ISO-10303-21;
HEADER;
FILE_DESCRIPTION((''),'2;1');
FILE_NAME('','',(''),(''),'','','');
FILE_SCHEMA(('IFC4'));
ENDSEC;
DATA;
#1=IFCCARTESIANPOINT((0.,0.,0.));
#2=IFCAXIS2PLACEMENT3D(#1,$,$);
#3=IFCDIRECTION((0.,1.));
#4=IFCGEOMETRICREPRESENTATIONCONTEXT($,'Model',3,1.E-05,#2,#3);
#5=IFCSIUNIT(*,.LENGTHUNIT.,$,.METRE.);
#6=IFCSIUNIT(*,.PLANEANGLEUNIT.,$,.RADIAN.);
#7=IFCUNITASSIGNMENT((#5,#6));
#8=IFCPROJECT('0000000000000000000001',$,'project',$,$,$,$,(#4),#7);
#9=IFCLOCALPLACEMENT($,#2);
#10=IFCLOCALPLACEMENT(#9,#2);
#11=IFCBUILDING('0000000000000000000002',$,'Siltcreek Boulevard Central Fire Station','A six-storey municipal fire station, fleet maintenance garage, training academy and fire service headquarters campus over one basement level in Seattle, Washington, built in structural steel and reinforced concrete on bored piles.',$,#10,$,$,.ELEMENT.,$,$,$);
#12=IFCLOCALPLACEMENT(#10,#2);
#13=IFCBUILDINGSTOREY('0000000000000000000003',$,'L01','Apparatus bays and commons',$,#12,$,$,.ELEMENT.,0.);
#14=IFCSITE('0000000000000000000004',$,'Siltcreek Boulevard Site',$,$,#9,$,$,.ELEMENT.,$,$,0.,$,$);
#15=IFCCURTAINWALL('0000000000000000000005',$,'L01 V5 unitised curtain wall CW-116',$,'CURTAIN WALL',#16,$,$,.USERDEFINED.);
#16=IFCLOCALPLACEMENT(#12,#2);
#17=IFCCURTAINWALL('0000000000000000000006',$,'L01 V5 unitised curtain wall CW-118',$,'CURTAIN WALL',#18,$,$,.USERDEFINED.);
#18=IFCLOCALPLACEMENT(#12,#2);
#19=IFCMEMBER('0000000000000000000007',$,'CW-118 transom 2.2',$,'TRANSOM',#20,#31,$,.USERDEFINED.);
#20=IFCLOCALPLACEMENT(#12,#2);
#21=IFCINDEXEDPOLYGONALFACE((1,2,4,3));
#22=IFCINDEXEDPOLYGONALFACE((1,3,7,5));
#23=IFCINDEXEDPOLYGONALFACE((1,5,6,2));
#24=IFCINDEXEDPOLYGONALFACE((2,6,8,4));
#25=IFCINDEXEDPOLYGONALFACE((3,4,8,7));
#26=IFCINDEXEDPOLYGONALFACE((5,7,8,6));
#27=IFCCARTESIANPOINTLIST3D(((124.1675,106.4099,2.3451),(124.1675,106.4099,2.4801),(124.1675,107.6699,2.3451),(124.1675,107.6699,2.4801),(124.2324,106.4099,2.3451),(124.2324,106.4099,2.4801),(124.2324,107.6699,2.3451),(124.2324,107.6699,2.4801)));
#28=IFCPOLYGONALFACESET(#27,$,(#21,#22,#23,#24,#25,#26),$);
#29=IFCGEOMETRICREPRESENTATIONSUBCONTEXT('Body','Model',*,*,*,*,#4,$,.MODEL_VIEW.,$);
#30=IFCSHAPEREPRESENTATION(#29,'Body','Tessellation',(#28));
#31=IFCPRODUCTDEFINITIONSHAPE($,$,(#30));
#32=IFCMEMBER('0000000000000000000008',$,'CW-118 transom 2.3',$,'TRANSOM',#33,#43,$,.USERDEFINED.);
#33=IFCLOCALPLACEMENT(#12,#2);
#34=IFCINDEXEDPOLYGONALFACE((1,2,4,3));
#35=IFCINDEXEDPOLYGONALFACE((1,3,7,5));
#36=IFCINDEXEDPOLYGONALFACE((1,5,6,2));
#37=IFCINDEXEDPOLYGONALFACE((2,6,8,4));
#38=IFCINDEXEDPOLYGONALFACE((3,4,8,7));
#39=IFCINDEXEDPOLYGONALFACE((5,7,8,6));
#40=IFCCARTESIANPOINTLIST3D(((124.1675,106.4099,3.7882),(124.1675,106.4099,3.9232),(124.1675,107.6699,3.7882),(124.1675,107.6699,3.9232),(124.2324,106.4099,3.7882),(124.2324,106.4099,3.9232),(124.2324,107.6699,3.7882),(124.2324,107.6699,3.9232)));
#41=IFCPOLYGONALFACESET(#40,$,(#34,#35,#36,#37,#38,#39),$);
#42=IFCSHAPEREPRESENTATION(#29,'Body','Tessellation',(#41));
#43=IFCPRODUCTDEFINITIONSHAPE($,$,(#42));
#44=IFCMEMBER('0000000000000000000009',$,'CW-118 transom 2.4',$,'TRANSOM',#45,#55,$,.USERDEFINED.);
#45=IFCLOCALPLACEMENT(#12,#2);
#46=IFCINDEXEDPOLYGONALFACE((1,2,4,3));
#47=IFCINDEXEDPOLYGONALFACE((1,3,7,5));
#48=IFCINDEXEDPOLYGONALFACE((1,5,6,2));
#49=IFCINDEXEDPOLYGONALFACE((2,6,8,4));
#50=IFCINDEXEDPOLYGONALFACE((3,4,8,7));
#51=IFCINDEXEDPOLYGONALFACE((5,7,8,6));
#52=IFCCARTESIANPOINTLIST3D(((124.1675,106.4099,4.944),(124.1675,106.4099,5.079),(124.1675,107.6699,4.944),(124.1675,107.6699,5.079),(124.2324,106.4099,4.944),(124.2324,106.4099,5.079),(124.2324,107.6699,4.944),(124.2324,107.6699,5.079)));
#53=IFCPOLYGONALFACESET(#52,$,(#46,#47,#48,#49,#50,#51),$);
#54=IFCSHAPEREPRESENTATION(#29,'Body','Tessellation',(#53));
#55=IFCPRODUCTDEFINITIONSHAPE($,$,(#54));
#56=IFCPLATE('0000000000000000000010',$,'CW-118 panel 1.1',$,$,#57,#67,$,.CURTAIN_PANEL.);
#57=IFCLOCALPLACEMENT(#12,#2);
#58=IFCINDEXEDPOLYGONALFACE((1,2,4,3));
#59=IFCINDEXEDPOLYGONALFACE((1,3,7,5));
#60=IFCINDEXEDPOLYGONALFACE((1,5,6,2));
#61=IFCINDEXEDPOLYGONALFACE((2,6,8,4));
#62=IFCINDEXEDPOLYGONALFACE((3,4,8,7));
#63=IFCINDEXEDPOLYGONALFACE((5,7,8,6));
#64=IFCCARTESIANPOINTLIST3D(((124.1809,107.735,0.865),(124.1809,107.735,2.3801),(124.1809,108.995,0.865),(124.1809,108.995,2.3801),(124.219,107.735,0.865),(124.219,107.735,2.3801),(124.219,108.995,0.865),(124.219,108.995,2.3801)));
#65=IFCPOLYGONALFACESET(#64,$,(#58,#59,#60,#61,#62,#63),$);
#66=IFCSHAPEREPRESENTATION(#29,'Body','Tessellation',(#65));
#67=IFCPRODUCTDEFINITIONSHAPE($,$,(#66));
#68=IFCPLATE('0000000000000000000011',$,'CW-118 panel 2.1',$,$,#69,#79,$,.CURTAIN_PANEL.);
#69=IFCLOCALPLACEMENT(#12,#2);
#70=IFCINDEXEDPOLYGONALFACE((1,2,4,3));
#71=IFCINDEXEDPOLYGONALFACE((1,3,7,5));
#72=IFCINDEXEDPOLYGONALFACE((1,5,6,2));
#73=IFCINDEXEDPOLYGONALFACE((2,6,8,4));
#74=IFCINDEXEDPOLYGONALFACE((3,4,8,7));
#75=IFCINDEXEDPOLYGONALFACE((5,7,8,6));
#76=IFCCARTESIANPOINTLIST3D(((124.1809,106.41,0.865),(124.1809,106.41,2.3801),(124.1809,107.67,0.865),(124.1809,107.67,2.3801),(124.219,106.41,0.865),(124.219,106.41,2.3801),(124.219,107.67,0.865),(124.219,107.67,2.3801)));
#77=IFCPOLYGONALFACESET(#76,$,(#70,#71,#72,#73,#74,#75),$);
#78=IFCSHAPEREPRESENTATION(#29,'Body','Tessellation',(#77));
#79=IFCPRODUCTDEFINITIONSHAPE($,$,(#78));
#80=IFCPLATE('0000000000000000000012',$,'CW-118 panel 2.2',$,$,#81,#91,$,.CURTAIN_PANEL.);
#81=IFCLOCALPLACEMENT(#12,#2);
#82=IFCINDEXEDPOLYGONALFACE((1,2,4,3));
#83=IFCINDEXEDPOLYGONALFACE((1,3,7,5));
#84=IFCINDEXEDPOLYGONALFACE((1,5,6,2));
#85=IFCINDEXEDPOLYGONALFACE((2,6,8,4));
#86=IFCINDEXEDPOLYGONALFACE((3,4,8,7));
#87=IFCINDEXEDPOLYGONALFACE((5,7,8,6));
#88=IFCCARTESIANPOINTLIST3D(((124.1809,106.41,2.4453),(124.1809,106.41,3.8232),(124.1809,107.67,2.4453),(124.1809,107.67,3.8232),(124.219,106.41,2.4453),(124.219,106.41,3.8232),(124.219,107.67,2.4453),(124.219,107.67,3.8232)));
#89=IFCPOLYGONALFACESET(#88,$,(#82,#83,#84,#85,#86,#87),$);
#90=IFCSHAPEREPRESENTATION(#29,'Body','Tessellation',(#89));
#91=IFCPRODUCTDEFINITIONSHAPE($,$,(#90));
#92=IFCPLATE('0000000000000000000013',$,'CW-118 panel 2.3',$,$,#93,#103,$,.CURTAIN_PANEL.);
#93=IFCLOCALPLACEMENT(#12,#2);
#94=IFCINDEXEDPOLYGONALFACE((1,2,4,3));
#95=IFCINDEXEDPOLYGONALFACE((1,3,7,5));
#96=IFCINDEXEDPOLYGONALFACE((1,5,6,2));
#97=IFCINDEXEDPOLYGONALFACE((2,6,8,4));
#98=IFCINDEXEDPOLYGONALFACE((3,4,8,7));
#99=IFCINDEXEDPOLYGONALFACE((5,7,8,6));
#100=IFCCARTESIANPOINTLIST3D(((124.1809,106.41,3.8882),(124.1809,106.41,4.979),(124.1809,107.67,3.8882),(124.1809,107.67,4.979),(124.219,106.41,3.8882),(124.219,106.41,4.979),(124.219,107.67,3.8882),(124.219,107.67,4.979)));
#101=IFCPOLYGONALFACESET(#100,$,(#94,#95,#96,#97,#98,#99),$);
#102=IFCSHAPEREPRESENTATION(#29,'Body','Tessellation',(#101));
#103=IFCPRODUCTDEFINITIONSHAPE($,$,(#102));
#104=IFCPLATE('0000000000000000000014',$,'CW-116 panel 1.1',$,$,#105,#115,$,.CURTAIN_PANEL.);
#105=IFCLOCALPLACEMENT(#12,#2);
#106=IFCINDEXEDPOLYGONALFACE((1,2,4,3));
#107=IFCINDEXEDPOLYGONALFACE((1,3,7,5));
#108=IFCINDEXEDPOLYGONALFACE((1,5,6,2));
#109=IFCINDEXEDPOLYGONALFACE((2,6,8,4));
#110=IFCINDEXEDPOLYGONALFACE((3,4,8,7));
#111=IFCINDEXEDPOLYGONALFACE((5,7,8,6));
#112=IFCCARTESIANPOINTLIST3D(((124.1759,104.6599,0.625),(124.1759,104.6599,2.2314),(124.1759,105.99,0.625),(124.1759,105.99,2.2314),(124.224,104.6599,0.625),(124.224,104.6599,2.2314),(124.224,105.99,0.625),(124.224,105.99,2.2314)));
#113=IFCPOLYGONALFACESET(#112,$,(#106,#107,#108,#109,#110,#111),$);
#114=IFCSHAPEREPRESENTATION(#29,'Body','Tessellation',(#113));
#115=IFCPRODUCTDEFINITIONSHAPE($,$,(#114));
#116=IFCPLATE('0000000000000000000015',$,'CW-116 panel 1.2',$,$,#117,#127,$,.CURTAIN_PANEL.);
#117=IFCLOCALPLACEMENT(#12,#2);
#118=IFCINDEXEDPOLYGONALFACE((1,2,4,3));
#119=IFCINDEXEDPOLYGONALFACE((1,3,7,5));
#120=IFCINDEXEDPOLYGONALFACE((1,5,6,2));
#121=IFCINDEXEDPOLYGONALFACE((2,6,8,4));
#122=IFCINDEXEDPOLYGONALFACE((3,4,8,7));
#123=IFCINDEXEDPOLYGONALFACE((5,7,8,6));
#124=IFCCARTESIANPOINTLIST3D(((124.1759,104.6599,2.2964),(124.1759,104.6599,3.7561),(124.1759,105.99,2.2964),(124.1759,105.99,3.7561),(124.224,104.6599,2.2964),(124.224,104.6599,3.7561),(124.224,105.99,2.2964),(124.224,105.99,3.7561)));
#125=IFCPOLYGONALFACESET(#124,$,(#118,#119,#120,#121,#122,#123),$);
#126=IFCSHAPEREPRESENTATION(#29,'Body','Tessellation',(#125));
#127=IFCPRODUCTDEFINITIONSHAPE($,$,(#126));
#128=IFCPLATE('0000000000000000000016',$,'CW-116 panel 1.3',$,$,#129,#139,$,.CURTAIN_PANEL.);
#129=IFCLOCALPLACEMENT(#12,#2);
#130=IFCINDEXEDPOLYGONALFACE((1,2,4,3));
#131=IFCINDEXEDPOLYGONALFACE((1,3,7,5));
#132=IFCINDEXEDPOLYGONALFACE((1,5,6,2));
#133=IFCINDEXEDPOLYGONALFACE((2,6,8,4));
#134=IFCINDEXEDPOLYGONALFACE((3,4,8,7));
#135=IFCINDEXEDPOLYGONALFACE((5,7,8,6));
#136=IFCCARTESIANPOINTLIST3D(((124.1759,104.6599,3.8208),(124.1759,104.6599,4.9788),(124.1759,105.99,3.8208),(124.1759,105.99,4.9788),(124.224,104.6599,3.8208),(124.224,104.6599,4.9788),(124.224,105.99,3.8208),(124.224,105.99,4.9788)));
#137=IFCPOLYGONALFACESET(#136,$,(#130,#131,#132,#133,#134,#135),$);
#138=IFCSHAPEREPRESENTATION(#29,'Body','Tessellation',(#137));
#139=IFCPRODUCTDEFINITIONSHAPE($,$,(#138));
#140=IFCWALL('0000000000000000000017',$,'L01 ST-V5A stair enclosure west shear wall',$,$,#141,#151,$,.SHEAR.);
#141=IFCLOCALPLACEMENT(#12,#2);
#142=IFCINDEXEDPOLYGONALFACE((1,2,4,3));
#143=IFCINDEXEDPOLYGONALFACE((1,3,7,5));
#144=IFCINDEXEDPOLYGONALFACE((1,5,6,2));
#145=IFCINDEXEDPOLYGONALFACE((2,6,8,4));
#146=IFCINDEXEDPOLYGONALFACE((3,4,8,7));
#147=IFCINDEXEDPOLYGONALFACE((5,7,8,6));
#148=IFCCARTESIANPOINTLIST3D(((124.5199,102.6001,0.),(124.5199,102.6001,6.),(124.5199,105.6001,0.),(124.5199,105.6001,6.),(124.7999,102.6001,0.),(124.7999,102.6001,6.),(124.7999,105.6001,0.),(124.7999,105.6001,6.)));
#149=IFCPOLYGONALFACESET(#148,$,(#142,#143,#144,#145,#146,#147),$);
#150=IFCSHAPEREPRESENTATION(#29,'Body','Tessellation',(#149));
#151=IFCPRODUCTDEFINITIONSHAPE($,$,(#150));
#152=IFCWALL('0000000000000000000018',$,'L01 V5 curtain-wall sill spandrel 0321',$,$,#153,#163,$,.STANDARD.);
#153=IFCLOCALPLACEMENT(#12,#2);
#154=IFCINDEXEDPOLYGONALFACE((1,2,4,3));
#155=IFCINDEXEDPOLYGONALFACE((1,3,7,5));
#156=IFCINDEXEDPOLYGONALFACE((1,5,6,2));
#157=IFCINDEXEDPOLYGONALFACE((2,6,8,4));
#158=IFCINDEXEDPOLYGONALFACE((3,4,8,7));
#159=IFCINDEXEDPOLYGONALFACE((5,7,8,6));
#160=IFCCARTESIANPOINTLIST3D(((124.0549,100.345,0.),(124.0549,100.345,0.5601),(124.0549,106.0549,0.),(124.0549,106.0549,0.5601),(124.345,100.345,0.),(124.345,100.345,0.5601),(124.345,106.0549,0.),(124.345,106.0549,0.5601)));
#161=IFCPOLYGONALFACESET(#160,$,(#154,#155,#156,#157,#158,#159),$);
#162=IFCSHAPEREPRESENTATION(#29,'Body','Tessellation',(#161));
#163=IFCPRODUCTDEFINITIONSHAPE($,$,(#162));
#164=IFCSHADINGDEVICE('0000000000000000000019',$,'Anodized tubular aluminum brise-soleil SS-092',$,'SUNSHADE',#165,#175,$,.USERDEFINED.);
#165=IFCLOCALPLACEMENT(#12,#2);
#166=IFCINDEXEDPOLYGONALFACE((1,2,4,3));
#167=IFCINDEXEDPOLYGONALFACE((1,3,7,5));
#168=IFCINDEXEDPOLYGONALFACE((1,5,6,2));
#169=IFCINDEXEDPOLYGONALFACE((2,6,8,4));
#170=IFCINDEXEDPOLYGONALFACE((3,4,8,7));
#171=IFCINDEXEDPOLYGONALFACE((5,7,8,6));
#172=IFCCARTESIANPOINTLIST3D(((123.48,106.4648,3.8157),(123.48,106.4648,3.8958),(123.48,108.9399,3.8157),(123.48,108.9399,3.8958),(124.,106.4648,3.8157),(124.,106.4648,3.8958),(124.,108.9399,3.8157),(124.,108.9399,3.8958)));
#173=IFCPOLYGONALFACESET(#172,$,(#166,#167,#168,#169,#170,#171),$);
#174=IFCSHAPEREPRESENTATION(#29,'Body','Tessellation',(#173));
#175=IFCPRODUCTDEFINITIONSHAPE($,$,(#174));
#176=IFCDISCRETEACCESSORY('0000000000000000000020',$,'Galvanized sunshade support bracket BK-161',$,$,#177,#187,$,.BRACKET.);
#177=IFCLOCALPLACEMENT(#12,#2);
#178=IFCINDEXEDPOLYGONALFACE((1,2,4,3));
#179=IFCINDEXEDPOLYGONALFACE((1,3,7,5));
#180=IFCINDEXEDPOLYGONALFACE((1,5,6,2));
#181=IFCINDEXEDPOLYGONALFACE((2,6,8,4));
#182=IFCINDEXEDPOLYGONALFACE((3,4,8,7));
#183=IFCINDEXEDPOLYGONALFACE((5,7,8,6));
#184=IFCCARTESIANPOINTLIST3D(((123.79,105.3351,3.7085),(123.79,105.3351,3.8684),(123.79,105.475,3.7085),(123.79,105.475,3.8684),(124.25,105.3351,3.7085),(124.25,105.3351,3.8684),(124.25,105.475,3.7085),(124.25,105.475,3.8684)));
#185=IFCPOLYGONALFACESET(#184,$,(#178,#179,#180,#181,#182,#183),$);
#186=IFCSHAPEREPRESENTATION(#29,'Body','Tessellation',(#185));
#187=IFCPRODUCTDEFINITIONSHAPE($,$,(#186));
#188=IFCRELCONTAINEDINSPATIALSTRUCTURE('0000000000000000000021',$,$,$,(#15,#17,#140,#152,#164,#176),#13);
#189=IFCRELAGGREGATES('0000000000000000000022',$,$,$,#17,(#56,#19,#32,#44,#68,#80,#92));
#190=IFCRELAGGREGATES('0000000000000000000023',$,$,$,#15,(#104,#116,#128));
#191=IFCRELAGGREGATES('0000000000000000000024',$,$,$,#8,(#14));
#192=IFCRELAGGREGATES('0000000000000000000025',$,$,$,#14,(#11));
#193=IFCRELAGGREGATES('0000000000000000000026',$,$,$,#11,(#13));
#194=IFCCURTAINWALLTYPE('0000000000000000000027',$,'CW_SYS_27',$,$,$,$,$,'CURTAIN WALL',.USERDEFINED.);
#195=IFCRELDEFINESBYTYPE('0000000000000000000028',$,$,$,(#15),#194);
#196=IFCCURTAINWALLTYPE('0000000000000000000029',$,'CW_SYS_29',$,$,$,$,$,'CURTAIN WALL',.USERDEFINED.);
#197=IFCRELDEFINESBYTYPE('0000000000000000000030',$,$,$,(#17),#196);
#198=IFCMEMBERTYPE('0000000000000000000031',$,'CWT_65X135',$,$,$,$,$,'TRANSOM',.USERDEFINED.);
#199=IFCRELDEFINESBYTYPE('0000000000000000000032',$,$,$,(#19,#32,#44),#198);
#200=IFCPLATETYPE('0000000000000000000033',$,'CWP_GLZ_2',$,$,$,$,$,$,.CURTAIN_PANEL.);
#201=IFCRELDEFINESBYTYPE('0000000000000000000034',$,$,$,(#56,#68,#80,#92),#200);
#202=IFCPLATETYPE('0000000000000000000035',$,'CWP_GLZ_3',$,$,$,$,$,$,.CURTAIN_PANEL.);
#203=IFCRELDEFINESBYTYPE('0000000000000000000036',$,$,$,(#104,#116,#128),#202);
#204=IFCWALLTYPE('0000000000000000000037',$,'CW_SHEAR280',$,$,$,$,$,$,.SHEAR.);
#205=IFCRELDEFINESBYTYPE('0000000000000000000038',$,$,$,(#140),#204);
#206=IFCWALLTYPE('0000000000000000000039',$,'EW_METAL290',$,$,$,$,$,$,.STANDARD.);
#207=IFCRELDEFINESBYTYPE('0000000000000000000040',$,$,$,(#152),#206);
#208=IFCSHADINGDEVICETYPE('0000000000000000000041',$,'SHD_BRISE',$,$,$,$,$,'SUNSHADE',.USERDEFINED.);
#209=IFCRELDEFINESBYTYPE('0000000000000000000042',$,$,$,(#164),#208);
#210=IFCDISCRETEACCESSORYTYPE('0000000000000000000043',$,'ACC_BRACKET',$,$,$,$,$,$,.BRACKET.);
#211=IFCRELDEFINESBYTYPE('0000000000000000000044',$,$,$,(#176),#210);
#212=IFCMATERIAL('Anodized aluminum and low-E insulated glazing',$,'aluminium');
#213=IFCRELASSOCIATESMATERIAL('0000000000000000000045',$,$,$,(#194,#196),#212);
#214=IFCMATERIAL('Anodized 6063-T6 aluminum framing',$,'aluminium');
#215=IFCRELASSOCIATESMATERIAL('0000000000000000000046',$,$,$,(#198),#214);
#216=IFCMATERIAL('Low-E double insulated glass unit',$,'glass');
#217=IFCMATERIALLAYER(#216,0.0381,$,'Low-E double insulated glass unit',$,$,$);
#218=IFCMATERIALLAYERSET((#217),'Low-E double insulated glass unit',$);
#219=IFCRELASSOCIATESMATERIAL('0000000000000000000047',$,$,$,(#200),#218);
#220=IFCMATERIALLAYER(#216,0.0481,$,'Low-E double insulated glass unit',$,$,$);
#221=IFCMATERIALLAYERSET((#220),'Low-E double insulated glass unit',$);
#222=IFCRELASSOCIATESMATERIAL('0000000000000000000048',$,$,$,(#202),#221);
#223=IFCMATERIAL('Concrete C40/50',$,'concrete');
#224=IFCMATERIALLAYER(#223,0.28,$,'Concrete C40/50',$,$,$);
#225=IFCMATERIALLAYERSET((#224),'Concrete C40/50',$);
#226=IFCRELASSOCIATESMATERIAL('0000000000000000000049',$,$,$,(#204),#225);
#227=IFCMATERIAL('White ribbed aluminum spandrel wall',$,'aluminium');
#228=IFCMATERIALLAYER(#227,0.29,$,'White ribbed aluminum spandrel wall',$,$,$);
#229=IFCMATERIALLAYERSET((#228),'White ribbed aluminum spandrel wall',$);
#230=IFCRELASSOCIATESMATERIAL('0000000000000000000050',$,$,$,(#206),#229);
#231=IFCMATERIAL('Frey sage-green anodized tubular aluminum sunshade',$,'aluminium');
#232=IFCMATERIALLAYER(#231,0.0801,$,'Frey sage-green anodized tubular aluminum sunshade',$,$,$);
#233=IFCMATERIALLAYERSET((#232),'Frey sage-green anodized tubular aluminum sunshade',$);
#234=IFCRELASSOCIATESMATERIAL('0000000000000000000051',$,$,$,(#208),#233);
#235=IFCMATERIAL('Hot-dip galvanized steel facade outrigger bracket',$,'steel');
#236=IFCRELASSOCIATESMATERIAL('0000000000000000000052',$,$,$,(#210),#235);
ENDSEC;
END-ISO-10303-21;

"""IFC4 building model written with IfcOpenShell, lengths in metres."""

from ifc_helpers import new_model, si_unit, direction, frame, frame_2d, origin, origin_2d, place, context, subcontext, project, spatial, rectangle, extrude, material, layer, layer_set, material_profile, profile_set, type_object, element, aggregate, save


model = new_model("IFC4")

# Units and contexts
model_context = context("Model", 3, precision=1e-05, world=origin(), true_north=direction((0.0, 1.0)))
body_context = subcontext(model_context, "Body", "Model", "MODEL_VIEW")
ifc_project = project(units=[si_unit("LENGTHUNIT", "METRE"), si_unit("PLANEANGLEUNIT", "RADIAN")], contexts=[model_context])

# Site, building, storey
site_placement = place(None, origin())
site = spatial("IfcSite", under=ifc_project, at=site_placement, Name="Siltcreek Boulevard Site", CompositionType="ELEMENT", RefElevation=0.0)
building_placement = place(site_placement, origin())
building = spatial("IfcBuilding", under=site, at=building_placement, Name="Siltcreek Boulevard Central Fire Station", Description="A six-storey municipal fire station, fleet maintenance garage, training academy and fire service headquarters campus over one basement level in Seattle, Washington, built in structural steel and reinforced concrete on bored piles.", CompositionType="ELEMENT")
storey_placement = place(building_placement, origin())
storey = spatial("IfcBuildingStorey", under=building, at=storey_placement, Name="L01", Description="Apparatus bays and commons", CompositionType="ELEMENT", Elevation=0.0)

# Curtain walls
ifc_material_1 = material(Name="Anodized aluminum and low-E insulated glazing", Category="aluminium")
curtain_wall_type_1 = type_object("IfcCurtainWallType", Name="CW_SYS_27", ElementType="CURTAIN WALL", PredefinedType="USERDEFINED", material=ifc_material_1)
curtain_wall_1_placement = place(storey_placement, origin())
curtain_wall_1 = element("IfcCurtainWall", 1, at=curtain_wall_1_placement, inside=storey, type_object=curtain_wall_type_1, Name="L01 V5 unitised curtain wall CW-116", ObjectType="CURTAIN WALL", PredefinedType="USERDEFINED")
ifc_material_2 = material(Name="Anodized 6063-T6 aluminum framing", Category="aluminium")
curtain_wall_type_2 = type_object("IfcCurtainWallType", Name="CW_SYS_29", ElementType="CURTAIN WALL", PredefinedType="USERDEFINED", material=ifc_material_1)
curtain_wall_2_placement = place(storey_placement, origin())
curtain_wall_2 = element("IfcCurtainWall", 2, at=curtain_wall_2_placement, inside=storey, type_object=curtain_wall_type_2, Name="L01 V5 unitised curtain wall CW-118", ObjectType="CURTAIN WALL", PredefinedType="USERDEFINED")

# Members
ifc_material_profile_1 = material_profile(ifc_material_2, rectangle(XDim=0.0649, YDim=0.135, at=origin_2d()), Name="TRAN65X135")
ifc_profile_set_1 = profile_set([ifc_material_profile_1], Name="Anodized 6063-T6 aluminum framing")
member_type_1 = type_object("IfcMemberType", Name="CWT_65X135", ElementType="TRANSOM", PredefinedType="USERDEFINED", material=ifc_profile_set_1)
member_1_placement = place(storey_placement, frame((124.2, 107.6699, 2.4126), z_axis=(0.0, -1.0, 0.0), x_axis=(1.0, 0.0, 0.0)))
member_1 = element("IfcMember", 3, at=member_1_placement, type_object=member_type_1, Name="CW-118 transom 2.2", ObjectType="TRANSOM", PredefinedType="USERDEFINED", context=body_context, shape_type="SweptSolid", body=[
    extrude(rectangle(XDim=0.0649, YDim=0.135, at=origin_2d()), origin(), (0.0, 0.0, 1.0), 1.26),
])
member_2_placement = place(storey_placement, frame((124.2, 107.6699, 3.8557), z_axis=(0.0, -1.0, 0.0), x_axis=(1.0, 0.0, 0.0)))
member_2 = element("IfcMember", 4, at=member_2_placement, type_object=member_type_1, Name="CW-118 transom 2.3", ObjectType="TRANSOM", PredefinedType="USERDEFINED", context=body_context, shape_type="SweptSolid", body=[
    extrude(rectangle(XDim=0.0649, YDim=0.135, at=origin_2d()), origin(), (0.0, 0.0, 1.0), 1.26),
])
member_3_placement = place(storey_placement, frame((124.2, 107.6699, 5.0115), z_axis=(0.0, -1.0, 0.0), x_axis=(1.0, 0.0, 0.0)))
member_3 = element("IfcMember", 5, at=member_3_placement, type_object=member_type_1, Name="CW-118 transom 2.4", ObjectType="TRANSOM", PredefinedType="USERDEFINED", context=body_context, shape_type="SweptSolid", body=[
    extrude(rectangle(XDim=0.0649, YDim=0.135, at=origin_2d()), origin(), (0.0, 0.0, 1.0), 1.26),
])

# Plates
ifc_material_3 = material(Name="Low-E double insulated glass unit", Category="glass")
ifc_layer_1 = layer(ifc_material_3, 0.0381, Name="Low-E double insulated glass unit")
ifc_layer_set_1 = layer_set([ifc_layer_1], Name="Low-E double insulated glass unit")
plate_type_1 = type_object("IfcPlateType", Name="CWP_GLZ_2", PredefinedType="CURTAIN_PANEL", material=ifc_layer_set_1)
plate_1_placement = place(storey_placement, frame((124.2, 108.365, 0.865), z_axis=(0.0, 0.0, 1.0), x_axis=(0.0, -1.0, 0.0)))
plate_1 = element("IfcPlate", 6, at=plate_1_placement, type_object=plate_type_1, Name="CW-118 panel 1.1", PredefinedType="CURTAIN_PANEL", context=body_context, shape_type="SweptSolid", body=[
    extrude(rectangle(XDim=1.26, YDim=0.0381, at=origin_2d()), origin(), (0.0, 0.0, 1.0), 1.5151),
])
plate_2_placement = place(storey_placement, frame((124.2, 107.04, 0.865), z_axis=(0.0, 0.0, 1.0), x_axis=(0.0, -1.0, 0.0)))
plate_2 = element("IfcPlate", 7, at=plate_2_placement, type_object=plate_type_1, Name="CW-118 panel 2.1", PredefinedType="CURTAIN_PANEL", context=body_context, shape_type="SweptSolid", body=[
    extrude(rectangle(XDim=1.26, YDim=0.0381, at=origin_2d()), origin(), (0.0, 0.0, 1.0), 1.5151),
])
plate_3_placement = place(storey_placement, frame((124.2, 107.04, 2.4453), z_axis=(0.0, 0.0, 1.0), x_axis=(0.0, -1.0, 0.0)))
plate_3 = element("IfcPlate", 8, at=plate_3_placement, type_object=plate_type_1, Name="CW-118 panel 2.2", PredefinedType="CURTAIN_PANEL", context=body_context, shape_type="SweptSolid", body=[
    extrude(rectangle(XDim=1.26, YDim=0.0381, at=origin_2d()), origin(), (0.0, 0.0, 1.0), 1.3779),
])
plate_4_placement = place(storey_placement, frame((124.2, 107.04, 3.8882), z_axis=(0.0, 0.0, 1.0), x_axis=(0.0, -1.0, 0.0)))
plate_4 = element("IfcPlate", 9, at=plate_4_placement, type_object=plate_type_1, Name="CW-118 panel 2.3", PredefinedType="CURTAIN_PANEL", context=body_context, shape_type="SweptSolid", body=[
    extrude(rectangle(XDim=1.26, YDim=0.0381, at=origin_2d()), origin(), (0.0, 0.0, 1.0), 1.0908),
])
aggregate(curtain_wall_2, [plate_1, member_1, member_2, member_3, plate_2, plate_3, plate_4])
ifc_layer_2 = layer(ifc_material_3, 0.0481, Name="Low-E double insulated glass unit")
ifc_layer_set_2 = layer_set([ifc_layer_2], Name="Low-E double insulated glass unit")
plate_type_2 = type_object("IfcPlateType", Name="CWP_GLZ_3", PredefinedType="CURTAIN_PANEL", material=ifc_layer_set_2)
plate_5_placement = place(storey_placement, frame((124.2, 105.325, 0.625), z_axis=(0.0, 0.0, 1.0), x_axis=(0.0, -1.0, 0.0)))
plate_5 = element("IfcPlate", 10, at=plate_5_placement, type_object=plate_type_2, Name="CW-116 panel 1.1", PredefinedType="CURTAIN_PANEL", context=body_context, shape_type="SweptSolid", body=[
    extrude(rectangle(XDim=1.3301, YDim=0.0481, at=origin_2d()), origin(), (0.0, 0.0, 1.0), 1.6064),
])
plate_6_placement = place(storey_placement, frame((124.2, 105.325, 2.2964), z_axis=(0.0, 0.0, 1.0), x_axis=(0.0, -1.0, 0.0)))
plate_6 = element("IfcPlate", 11, at=plate_6_placement, type_object=plate_type_2, Name="CW-116 panel 1.2", PredefinedType="CURTAIN_PANEL", context=body_context, shape_type="SweptSolid", body=[
    extrude(rectangle(XDim=1.3301, YDim=0.0481, at=origin_2d()), origin(), (0.0, 0.0, 1.0), 1.4597),
])
plate_7_placement = place(storey_placement, frame((124.2, 105.325, 3.8208), z_axis=(0.0, 0.0, 1.0), x_axis=(0.0, -1.0, 0.0)))
plate_7 = element("IfcPlate", 12, at=plate_7_placement, type_object=plate_type_2, Name="CW-116 panel 1.3", PredefinedType="CURTAIN_PANEL", context=body_context, shape_type="SweptSolid", body=[
    extrude(rectangle(XDim=1.3301, YDim=0.0481, at=origin_2d()), origin(), (0.0, 0.0, 1.0), 1.158),
])
aggregate(curtain_wall_1, [plate_5, plate_6, plate_7])

# Walls
ifc_material_4 = material(Name="Concrete C40/50", Category="concrete")
ifc_layer_3 = layer(ifc_material_4, 0.28, Name="Concrete C40/50")
ifc_layer_set_3 = layer_set([ifc_layer_3], Name="Concrete C40/50")
wall_type_1 = type_object("IfcWallType", Name="CW_SHEAR280", PredefinedType="SHEAR", material=ifc_layer_set_3)
wall_1_placement = place(storey_placement, frame((124.6599, 105.6001, 0.0), z_axis=(0.0, 0.0, 1.0), x_axis=(0.0, -1.0, 0.0)))
element("IfcWall", 13, at=wall_1_placement, inside=storey, type_object=wall_type_1, Name="L01 ST-V5A stair enclosure west shear wall", PredefinedType="SHEAR", context=body_context, shape_type="SweptSolid", body=[
    extrude(rectangle(XDim=3.0, YDim=0.28, at=frame_2d((1.5, 0.0))), origin(), (0.0, 0.0, 1.0), 6.0),
])
ifc_material_5 = material(Name="White ribbed aluminum spandrel wall", Category="aluminium")
ifc_layer_4 = layer(ifc_material_5, 0.29, Name="White ribbed aluminum spandrel wall")
ifc_layer_set_4 = layer_set([ifc_layer_4], Name="White ribbed aluminum spandrel wall")
wall_type_2 = type_object("IfcWallType", Name="EW_METAL290", PredefinedType="STANDARD", material=ifc_layer_set_4)
wall_2_placement = place(storey_placement, frame((124.2, 106.0549, 0.0), z_axis=(0.0, 0.0, 1.0), x_axis=(0.0, -1.0, 0.0)))
element("IfcWall", 14, at=wall_2_placement, inside=storey, type_object=wall_type_2, Name="L01 V5 curtain-wall sill spandrel 0321", PredefinedType="STANDARD", context=body_context, shape_type="SweptSolid", body=[
    extrude(rectangle(XDim=5.71, YDim=0.29, at=frame_2d((2.855, 0.0))), origin(), (0.0, 0.0, 1.0), 0.5601),
])

# Shading device
ifc_material_6 = material(Name="Frey sage-green anodized tubular aluminum sunshade", Category="aluminium")
ifc_layer_5 = layer(ifc_material_6, 0.0801, Name="Frey sage-green anodized tubular aluminum sunshade")
ifc_layer_set_5 = layer_set([ifc_layer_5], Name="Frey sage-green anodized tubular aluminum sunshade")
shading_device_type = type_object("IfcShadingDeviceType", Name="SHD_BRISE", ElementType="SUNSHADE", PredefinedType="USERDEFINED", material=ifc_layer_set_5)
shading_device_placement = place(storey_placement, frame((123.74, 107.7024, 3.8157), z_axis=(0.0, 0.0, 1.0), x_axis=(0.0, -1.0, 0.0)))
element("IfcShadingDevice", 15, at=shading_device_placement, inside=storey, type_object=shading_device_type, Name="Anodized tubular aluminum brise-soleil SS-092", ObjectType="SUNSHADE", PredefinedType="USERDEFINED", context=body_context, shape_type="SweptSolid", body=[
    extrude(rectangle(XDim=2.4751, YDim=0.52, at=origin_2d()), origin(), (0.0, 0.0, 1.0), 0.0801),
])

# Discrete accessory
ifc_material_7 = material(Name="Hot-dip galvanized steel facade outrigger bracket", Category="steel")
discrete_accessory_type = type_object("IfcDiscreteAccessoryType", Name="ACC_BRACKET", PredefinedType="BRACKET", material=ifc_material_7)
for number, where, z_axis, x_axis, name in (
    (16, (124.02, 105.405, 3.7085), (0.0, 0.0, 1.0), (0.0, -1.0, 0.0), "Galvanized sunshade support bracket BK-161"),
):
    element("IfcDiscreteAccessory", number, at=place(storey_placement, frame(where, z_axis=z_axis, x_axis=x_axis)), inside=storey, type_object=discrete_accessory_type, Name=name, PredefinedType="BRACKET", context=body_context, shape_type="SweptSolid", body=[
        extrude(rectangle(XDim=0.1399, YDim=0.46, at=origin_2d()), origin(), (0.0, 0.0, 1.0), 0.1599),
    ])

save(model, "model.ifc")
